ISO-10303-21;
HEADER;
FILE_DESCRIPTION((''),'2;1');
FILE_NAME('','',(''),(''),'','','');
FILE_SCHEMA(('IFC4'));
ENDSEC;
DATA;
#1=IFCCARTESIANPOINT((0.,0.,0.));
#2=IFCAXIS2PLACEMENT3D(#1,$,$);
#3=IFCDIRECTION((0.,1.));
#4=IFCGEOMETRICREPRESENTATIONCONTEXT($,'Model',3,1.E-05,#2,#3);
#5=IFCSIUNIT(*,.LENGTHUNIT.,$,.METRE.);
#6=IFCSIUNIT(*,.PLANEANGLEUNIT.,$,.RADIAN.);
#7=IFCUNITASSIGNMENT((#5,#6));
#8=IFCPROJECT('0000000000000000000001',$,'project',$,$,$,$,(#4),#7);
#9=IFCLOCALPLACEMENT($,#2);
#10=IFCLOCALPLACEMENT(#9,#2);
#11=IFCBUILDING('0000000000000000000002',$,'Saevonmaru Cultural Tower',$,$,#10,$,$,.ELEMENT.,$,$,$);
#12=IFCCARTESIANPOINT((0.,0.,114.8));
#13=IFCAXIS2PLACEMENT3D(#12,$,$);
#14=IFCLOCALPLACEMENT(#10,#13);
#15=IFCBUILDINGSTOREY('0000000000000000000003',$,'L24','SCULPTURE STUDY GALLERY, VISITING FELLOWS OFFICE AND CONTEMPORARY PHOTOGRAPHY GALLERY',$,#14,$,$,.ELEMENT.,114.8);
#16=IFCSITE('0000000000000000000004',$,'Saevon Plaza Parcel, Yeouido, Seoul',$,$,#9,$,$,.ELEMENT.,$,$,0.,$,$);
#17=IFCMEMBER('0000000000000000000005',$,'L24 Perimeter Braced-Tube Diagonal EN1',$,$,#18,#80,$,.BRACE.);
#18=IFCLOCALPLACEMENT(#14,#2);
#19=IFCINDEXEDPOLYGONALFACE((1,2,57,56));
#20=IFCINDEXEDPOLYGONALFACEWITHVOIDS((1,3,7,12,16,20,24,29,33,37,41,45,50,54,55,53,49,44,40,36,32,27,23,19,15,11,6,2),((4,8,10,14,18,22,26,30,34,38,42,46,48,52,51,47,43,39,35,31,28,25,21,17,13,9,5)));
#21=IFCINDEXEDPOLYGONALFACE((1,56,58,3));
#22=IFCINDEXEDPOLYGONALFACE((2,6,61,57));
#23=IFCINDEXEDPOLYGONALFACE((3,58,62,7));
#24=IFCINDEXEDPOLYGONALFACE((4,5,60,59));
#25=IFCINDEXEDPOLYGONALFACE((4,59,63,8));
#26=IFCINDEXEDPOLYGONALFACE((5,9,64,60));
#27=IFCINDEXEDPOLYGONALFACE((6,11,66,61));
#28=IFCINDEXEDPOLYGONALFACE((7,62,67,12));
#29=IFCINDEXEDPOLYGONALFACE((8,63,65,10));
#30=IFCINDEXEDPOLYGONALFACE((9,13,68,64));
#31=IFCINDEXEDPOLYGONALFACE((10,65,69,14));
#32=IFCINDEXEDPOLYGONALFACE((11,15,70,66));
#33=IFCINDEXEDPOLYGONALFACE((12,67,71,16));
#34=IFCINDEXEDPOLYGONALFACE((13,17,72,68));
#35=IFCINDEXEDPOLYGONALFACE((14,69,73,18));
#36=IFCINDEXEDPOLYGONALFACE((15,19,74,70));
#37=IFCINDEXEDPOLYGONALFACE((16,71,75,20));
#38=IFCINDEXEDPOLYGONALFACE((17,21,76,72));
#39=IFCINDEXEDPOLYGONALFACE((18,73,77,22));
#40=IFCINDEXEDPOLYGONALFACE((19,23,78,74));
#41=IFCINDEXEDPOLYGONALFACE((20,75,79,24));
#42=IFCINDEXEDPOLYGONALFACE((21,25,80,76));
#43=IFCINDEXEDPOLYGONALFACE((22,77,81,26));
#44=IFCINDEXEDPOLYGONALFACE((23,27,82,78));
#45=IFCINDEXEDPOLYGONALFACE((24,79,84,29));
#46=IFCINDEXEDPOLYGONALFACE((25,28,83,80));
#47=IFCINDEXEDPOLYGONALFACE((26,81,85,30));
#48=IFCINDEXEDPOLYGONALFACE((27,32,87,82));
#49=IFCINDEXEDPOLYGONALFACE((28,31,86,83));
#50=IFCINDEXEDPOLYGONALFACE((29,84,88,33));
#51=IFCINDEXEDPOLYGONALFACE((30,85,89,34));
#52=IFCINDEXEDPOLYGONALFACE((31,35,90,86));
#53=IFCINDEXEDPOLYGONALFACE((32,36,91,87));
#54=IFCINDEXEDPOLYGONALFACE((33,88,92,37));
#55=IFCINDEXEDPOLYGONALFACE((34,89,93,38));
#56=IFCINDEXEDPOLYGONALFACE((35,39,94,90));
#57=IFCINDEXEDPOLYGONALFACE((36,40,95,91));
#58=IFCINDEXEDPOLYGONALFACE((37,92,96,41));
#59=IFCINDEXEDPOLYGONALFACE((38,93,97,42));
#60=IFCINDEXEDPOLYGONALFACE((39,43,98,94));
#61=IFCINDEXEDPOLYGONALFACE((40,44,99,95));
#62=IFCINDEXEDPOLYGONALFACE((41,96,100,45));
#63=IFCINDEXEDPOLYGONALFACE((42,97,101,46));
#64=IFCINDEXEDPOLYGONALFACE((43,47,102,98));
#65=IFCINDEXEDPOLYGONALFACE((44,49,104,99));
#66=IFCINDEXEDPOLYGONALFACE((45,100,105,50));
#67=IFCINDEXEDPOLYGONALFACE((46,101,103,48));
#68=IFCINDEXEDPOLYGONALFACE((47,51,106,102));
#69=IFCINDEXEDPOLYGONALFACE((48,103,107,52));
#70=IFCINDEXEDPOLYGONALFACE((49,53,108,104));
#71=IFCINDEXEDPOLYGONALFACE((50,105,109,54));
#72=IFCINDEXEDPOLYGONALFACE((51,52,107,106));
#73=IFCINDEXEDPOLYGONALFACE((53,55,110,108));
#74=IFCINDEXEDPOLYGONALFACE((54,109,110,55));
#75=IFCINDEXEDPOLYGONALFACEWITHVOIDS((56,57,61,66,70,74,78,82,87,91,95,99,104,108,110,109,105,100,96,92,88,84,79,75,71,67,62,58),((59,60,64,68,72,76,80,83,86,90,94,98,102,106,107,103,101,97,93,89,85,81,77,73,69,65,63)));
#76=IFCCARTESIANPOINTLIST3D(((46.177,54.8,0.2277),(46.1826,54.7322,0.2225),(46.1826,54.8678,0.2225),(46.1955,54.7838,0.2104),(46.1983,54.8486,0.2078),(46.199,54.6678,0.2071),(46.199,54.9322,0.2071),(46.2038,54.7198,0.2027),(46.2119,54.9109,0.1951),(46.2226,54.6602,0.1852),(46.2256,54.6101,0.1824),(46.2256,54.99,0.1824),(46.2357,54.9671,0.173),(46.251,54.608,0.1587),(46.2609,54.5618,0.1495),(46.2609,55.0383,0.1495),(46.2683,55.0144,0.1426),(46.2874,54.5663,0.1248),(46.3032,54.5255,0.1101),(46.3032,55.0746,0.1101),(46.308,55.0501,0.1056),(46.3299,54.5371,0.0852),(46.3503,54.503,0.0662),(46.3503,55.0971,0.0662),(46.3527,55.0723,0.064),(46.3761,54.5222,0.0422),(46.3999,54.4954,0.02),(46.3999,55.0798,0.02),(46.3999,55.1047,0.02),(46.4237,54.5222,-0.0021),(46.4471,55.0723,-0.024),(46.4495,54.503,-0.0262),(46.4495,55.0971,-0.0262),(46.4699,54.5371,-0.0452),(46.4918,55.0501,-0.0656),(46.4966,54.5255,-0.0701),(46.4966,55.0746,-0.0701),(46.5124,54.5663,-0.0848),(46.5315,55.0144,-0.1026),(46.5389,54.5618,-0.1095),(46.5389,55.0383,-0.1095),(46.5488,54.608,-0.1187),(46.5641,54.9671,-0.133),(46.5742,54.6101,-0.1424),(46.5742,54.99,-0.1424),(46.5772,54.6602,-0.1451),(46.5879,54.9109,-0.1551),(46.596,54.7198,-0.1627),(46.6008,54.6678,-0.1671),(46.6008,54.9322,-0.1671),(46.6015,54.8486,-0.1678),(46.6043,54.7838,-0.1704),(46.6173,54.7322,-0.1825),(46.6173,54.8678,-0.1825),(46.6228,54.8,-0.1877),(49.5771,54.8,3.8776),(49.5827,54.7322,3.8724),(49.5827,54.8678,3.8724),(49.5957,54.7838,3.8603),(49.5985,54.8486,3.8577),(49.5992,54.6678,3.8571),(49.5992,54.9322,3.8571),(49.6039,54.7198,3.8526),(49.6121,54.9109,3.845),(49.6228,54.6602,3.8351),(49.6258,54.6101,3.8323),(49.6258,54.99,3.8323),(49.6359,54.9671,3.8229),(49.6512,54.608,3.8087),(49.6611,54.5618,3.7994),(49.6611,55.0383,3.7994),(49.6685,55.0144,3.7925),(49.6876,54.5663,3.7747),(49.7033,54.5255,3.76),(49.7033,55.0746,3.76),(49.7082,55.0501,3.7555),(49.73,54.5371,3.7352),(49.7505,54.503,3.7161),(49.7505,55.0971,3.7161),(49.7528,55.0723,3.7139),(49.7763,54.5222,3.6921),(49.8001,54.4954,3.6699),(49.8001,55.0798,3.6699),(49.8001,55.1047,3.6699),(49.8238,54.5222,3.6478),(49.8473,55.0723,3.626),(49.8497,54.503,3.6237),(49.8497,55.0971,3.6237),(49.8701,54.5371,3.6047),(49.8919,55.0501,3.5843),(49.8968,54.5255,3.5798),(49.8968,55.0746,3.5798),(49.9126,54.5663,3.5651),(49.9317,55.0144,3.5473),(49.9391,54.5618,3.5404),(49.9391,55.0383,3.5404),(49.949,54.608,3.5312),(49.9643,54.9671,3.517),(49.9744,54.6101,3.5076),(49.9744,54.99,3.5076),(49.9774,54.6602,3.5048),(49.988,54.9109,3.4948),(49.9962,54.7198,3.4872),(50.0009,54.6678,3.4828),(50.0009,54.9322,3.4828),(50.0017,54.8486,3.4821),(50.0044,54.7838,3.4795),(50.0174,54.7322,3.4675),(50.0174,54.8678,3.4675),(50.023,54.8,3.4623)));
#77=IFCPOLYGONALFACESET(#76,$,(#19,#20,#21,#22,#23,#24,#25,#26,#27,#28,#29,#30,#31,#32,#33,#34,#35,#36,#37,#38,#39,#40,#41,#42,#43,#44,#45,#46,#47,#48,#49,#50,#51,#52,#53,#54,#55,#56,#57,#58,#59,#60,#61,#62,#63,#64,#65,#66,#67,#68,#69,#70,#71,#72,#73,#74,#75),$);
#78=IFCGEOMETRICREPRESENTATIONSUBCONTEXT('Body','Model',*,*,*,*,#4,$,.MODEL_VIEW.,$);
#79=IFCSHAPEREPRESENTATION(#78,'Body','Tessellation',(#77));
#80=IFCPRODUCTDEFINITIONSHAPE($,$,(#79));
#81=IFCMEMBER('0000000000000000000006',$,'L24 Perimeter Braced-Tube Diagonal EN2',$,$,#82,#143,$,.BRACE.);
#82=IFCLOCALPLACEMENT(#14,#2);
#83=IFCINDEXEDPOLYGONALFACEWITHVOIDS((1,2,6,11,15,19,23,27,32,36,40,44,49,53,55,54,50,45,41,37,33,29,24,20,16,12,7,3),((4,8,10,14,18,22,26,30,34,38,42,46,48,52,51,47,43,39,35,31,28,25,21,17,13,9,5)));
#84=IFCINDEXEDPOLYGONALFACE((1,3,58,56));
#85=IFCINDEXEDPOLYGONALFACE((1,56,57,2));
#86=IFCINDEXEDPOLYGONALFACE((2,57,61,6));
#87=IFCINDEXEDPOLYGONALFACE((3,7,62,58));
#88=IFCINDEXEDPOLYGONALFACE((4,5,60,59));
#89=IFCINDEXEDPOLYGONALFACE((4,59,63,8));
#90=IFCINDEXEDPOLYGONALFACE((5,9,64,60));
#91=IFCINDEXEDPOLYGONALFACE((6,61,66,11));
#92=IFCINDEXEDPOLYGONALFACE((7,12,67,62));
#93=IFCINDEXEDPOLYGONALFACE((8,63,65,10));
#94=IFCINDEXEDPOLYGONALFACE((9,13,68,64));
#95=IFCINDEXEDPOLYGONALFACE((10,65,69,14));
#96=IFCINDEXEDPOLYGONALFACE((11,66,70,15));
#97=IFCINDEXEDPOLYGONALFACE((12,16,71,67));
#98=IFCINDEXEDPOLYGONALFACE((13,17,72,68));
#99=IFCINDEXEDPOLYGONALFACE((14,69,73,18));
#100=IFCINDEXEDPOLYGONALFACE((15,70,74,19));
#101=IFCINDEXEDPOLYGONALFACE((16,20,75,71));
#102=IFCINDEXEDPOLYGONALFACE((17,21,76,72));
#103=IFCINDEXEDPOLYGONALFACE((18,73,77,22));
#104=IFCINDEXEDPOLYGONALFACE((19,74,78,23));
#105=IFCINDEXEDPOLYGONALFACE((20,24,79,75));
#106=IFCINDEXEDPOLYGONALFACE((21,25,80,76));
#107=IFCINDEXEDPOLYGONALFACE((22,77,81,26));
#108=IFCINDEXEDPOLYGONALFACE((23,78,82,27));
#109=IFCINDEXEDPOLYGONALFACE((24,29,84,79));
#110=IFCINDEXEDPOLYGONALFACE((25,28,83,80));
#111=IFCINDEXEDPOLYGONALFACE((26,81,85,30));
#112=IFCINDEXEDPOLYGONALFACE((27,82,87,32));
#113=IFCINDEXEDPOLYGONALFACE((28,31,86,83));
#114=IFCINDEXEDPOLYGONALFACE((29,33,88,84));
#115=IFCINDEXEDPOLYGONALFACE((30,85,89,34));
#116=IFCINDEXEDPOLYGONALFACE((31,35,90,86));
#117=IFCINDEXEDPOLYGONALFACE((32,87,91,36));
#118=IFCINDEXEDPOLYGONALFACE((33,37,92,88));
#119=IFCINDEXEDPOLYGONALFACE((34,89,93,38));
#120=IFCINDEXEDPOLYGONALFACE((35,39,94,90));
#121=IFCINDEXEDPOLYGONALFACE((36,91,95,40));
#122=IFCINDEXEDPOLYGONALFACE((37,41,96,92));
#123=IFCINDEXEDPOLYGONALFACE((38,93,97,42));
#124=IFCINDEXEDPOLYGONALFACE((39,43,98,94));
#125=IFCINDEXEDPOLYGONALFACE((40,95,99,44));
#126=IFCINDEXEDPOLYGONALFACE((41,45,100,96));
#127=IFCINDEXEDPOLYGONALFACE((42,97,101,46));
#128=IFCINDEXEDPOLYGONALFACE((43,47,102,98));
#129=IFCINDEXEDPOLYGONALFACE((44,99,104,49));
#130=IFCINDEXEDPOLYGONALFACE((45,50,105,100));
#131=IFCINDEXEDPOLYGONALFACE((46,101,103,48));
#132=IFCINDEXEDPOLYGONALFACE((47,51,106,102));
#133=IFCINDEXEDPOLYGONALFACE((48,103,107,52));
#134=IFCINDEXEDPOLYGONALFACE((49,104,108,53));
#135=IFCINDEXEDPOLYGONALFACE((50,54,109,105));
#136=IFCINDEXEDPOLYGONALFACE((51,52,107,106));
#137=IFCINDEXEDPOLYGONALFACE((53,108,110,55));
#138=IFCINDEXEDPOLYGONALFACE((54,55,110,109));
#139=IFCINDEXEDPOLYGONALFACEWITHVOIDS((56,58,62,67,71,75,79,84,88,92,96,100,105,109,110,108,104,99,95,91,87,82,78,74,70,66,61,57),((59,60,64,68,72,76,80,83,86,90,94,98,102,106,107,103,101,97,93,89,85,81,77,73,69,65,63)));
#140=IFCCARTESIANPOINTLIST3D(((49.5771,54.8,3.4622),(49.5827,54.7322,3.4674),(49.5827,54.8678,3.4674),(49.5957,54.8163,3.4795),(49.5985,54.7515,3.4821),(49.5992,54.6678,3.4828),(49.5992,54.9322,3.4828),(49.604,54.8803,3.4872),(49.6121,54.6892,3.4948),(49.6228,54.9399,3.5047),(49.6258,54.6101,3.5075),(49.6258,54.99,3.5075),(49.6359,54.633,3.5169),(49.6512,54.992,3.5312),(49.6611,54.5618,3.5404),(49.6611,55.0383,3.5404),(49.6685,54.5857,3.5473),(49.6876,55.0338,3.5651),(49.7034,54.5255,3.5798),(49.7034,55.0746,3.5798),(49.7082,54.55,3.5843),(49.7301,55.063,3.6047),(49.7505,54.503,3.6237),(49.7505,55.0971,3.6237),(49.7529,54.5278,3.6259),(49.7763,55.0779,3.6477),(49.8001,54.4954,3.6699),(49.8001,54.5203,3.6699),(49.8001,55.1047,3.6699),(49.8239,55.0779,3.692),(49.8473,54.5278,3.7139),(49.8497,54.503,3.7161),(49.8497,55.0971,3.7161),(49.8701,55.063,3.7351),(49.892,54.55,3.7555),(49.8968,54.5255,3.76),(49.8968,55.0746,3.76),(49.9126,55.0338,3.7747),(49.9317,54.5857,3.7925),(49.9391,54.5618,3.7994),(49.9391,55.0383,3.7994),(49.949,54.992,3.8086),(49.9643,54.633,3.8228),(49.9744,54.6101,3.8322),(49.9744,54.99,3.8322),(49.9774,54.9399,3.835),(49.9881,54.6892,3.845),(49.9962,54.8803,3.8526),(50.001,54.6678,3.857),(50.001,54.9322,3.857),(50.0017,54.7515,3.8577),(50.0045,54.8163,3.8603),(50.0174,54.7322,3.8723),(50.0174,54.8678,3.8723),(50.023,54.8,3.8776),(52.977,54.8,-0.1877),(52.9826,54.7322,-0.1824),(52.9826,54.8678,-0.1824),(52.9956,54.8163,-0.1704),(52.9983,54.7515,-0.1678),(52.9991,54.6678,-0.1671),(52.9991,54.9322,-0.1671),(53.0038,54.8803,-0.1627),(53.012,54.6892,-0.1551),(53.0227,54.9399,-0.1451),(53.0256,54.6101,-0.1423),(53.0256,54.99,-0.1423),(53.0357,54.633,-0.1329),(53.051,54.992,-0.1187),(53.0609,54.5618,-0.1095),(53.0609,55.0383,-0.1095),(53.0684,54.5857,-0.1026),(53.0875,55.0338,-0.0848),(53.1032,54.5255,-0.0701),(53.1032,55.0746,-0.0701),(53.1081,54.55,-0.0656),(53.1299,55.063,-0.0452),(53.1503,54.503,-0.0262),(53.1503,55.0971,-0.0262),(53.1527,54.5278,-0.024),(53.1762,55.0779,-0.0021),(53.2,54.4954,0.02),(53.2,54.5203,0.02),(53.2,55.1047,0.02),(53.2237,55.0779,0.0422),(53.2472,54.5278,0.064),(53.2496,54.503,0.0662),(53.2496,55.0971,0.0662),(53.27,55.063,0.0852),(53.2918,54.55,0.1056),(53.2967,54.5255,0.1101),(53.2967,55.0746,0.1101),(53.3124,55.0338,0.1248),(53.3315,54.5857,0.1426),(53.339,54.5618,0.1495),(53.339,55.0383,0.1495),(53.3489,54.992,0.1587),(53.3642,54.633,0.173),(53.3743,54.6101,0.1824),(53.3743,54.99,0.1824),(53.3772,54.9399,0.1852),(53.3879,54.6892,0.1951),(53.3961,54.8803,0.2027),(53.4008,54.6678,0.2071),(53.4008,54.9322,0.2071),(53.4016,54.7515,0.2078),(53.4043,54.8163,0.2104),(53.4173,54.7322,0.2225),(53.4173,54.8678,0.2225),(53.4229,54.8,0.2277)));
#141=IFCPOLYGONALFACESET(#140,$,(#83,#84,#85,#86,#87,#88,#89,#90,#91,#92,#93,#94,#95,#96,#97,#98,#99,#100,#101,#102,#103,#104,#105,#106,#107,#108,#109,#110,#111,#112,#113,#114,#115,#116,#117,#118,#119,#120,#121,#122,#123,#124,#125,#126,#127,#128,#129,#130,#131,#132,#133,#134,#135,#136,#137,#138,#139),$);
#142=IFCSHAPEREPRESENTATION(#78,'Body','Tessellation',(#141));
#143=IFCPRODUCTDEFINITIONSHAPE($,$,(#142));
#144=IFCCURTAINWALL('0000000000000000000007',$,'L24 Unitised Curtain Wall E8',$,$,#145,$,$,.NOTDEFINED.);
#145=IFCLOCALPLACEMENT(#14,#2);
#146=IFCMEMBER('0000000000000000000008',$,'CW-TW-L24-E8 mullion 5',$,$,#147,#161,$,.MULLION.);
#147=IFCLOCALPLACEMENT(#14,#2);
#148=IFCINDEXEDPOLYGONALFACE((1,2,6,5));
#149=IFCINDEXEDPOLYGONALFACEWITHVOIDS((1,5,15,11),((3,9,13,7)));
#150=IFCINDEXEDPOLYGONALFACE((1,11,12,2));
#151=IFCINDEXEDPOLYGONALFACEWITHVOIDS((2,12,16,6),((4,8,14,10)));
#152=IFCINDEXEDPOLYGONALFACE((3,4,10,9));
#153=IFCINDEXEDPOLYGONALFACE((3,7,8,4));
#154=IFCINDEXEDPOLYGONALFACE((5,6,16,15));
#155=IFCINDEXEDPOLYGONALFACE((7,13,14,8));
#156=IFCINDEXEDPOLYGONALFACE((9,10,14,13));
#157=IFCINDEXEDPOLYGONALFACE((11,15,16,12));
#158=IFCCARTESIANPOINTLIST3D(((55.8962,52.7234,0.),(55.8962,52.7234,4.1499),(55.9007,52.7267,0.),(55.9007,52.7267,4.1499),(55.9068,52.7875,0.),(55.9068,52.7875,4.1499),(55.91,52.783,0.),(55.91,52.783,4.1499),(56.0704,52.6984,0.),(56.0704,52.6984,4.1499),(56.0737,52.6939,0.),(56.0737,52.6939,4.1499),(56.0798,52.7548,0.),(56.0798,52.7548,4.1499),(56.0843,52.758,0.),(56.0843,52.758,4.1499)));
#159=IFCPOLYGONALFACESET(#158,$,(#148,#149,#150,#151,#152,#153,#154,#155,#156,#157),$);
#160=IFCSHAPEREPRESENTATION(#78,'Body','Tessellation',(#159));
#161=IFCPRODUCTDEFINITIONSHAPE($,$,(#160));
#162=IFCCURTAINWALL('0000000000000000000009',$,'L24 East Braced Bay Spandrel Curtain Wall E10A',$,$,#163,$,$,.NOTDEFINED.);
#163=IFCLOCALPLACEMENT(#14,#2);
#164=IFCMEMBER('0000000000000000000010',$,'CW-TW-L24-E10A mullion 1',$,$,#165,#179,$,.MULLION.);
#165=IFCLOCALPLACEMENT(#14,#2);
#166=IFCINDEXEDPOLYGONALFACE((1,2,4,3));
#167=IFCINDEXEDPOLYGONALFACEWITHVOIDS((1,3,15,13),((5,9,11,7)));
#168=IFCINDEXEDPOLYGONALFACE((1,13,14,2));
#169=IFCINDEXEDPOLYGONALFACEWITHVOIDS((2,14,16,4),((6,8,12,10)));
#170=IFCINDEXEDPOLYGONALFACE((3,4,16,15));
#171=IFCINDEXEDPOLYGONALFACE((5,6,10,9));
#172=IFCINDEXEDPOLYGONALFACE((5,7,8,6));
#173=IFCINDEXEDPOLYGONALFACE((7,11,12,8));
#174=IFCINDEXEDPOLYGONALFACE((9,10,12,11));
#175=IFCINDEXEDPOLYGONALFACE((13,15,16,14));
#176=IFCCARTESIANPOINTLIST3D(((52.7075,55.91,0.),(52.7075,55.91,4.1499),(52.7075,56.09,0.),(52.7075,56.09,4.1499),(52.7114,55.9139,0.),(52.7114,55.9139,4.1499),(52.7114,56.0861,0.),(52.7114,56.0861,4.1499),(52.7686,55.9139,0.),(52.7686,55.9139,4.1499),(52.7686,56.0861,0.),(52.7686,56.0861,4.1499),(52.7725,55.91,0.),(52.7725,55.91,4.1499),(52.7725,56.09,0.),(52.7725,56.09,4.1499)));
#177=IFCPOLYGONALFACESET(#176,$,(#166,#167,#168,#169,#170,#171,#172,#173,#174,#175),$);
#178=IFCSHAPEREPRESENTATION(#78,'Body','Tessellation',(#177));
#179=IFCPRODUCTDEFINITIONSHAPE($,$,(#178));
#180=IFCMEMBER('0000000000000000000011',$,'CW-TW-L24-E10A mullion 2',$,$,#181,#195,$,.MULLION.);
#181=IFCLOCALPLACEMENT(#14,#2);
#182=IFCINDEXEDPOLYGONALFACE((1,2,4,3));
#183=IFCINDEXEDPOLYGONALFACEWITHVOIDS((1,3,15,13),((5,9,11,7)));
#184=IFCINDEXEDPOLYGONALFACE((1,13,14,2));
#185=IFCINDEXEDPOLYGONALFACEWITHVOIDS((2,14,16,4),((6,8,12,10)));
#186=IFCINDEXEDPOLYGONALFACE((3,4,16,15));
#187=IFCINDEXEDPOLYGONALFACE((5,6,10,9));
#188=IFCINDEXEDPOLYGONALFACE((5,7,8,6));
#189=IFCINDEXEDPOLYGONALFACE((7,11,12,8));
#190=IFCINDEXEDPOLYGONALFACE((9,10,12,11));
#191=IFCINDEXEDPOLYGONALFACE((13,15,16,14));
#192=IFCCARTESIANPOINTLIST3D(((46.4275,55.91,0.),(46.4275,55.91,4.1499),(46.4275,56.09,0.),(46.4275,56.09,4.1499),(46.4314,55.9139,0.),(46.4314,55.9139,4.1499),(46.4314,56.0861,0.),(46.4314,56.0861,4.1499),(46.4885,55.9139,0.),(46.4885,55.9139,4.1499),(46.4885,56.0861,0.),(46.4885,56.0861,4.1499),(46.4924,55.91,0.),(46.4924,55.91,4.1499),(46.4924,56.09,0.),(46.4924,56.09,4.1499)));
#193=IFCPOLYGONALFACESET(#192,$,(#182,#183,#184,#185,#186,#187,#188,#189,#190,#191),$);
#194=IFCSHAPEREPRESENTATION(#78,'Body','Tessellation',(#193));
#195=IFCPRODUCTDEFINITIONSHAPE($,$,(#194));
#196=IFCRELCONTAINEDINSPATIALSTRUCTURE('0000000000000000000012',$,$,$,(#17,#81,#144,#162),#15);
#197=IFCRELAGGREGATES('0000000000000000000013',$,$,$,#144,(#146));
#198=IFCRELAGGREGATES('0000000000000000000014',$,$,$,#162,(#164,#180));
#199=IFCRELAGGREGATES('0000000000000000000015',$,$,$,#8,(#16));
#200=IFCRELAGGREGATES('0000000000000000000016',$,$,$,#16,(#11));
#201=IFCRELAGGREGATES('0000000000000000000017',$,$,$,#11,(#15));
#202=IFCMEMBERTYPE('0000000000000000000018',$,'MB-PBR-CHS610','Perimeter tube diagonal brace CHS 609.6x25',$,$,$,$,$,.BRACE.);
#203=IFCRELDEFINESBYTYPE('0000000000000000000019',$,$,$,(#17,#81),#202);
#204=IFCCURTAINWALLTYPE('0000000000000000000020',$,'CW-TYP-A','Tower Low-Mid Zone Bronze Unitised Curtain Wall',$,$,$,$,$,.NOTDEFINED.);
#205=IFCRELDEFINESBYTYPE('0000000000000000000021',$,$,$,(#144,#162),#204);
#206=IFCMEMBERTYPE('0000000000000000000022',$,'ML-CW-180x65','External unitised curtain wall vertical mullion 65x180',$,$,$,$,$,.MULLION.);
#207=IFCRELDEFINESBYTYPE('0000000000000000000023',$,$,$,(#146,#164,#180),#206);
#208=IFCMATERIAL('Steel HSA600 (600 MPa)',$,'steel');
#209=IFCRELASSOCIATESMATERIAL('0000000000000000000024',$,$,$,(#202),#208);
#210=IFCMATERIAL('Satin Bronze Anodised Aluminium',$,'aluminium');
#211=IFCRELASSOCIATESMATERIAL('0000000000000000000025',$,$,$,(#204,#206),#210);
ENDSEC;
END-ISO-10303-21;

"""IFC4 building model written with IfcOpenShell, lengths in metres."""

from ifc_helpers import new_model, si_unit, direction, frame, origin, origin_2d, place, context, subcontext, project, spatial, hollow_rectangle, hollow_circle, extrude, material, material_profile, profile_set, type_object, element, aggregate, save


model = new_model("IFC4")

# Units and contexts
model_context = context("Model", 3, precision=1e-05, world=origin(), true_north=direction((0.0, 1.0)))
body_context = subcontext(model_context, "Body", "Model", "MODEL_VIEW")
ifc_project = project(units=[si_unit("LENGTHUNIT", "METRE"), si_unit("PLANEANGLEUNIT", "RADIAN")], contexts=[model_context])

# Site, building, storey
site_placement = place(None, origin())
site = spatial("IfcSite", under=ifc_project, at=site_placement, Name="Saevon Plaza Parcel, Yeouido, Seoul", CompositionType="ELEMENT", RefElevation=0.0)
building_placement = place(site_placement, origin())
building = spatial("IfcBuilding", under=site, at=building_placement, Name="Saevonmaru Cultural Tower", CompositionType="ELEMENT")
storey_placement = place(building_placement, frame((0.0, 0.0, 114.8)))
storey = spatial("IfcBuildingStorey", under=building, at=storey_placement, Name="L24", Description="SCULPTURE STUDY GALLERY, VISITING FELLOWS OFFICE AND CONTEMPORARY PHOTOGRAPHY GALLERY", CompositionType="ELEMENT", Elevation=114.8)

# Members
ifc_material_1 = material(Name="Steel HSA600 (600 MPa)", Category="steel")
ifc_material_profile_1 = material_profile(ifc_material_1, hollow_circle(Radius=0.3047, WallThickness=0.0249, at=origin_2d()), Name="CHS-609.6x25")
ifc_profile_set_1 = profile_set([ifc_material_profile_1], Name="Steel HSA600 (600 MPa)")
member_type_1 = type_object("IfcMemberType", Name="MB-PBR-CHS610", Description="Perimeter tube diagonal brace CHS 609.6x25", PredefinedType="BRACE", material=ifc_profile_set_1)
member_1_placement = place(storey_placement, frame((46.3999, 54.8, 0.02), z_axis=(0.681629, 0.0, 0.731698), x_axis=(0.0, 1.0, 0.0)))
element("IfcMember", 1, at=member_1_placement, inside=storey, type_object=member_type_1, Name="L24 Perimeter Braced-Tube Diagonal EN1", PredefinedType="BRACE", context=body_context, shape_type="SweptSolid", body=[
    extrude(hollow_circle(Radius=0.3047, WallThickness=0.0249, at=origin_2d()), origin(), (0.0, 0.0, 1.0), 4.9883),
])
member_2_placement = place(storey_placement, frame((53.2, 54.8, 0.02), z_axis=(-0.681603, 0.0, 0.731722), x_axis=(0.0, -1.0, 0.0)))
element("IfcMember", 2, at=member_2_placement, inside=storey, type_object=member_type_1, Name="L24 Perimeter Braced-Tube Diagonal EN2", PredefinedType="BRACE", context=body_context, shape_type="SweptSolid", body=[
    extrude(hollow_circle(Radius=0.3047, WallThickness=0.0249, at=origin_2d()), origin(), (0.0, 0.0, 1.0), 4.988),
])

# Curtain wall, member
ifc_material_2 = material(Name="Satin Bronze Anodised Aluminium", Category="aluminium")
curtain_wall_type = type_object("IfcCurtainWallType", Name="CW-TYP-A", Description="Tower Low-Mid Zone Bronze Unitised Curtain Wall", PredefinedType="NOTDEFINED", material=ifc_material_2)
curtain_wall_1_placement = place(storey_placement, origin())
curtain_wall_1 = element("IfcCurtainWall", 3, at=curtain_wall_1_placement, inside=storey, type_object=curtain_wall_type, Name="L24 Unitised Curtain Wall E8", PredefinedType="NOTDEFINED")
ifc_material_profile_2 = material_profile(ifc_material_2, hollow_rectangle(XDim=0.0649, YDim=0.1799, WallThickness=0.0039, at=origin_2d()), Name="ALU-MULL-180x65x4")
ifc_profile_set_2 = profile_set([ifc_material_profile_2], Name="Satin Bronze Anodised Aluminium")
member_type_2 = type_object("IfcMemberType", Name="ML-CW-180x65", Description="External unitised curtain wall vertical mullion 65x180", PredefinedType="MULLION", material=ifc_profile_set_2)
member_3_placement = place(storey_placement, frame((55.9902, 52.7407, 0.0), z_axis=(0.0, 0.0, 1.0), x_axis=(0.163999, 0.986461, 0.0)))
member_3 = element("IfcMember", 4, at=member_3_placement, type_object=member_type_2, Name="CW-TW-L24-E8 mullion 5", PredefinedType="MULLION", context=body_context, shape_type="SweptSolid", body=[
    extrude(hollow_rectangle(XDim=0.0649, YDim=0.1799, WallThickness=0.0039, at=origin_2d()), origin(), (0.0, 0.0, 1.0), 4.1499),
])
aggregate(curtain_wall_1, [member_3])

# Curtain wall, members
curtain_wall_2_placement = place(storey_placement, origin())
curtain_wall_2 = element("IfcCurtainWall", 5, at=curtain_wall_2_placement, inside=storey, type_object=curtain_wall_type, Name="L24 East Braced Bay Spandrel Curtain Wall E10A", PredefinedType="NOTDEFINED")
member_4_placement = place(storey_placement, frame((52.74, 56.0, 0.0), z_axis=(0.0, 0.0, 1.0), x_axis=(-1.0, 0.0, 0.0)))
member_4 = element("IfcMember", 6, at=member_4_placement, type_object=member_type_2, Name="CW-TW-L24-E10A mullion 1", PredefinedType="MULLION", context=body_context, shape_type="SweptSolid", body=[
    extrude(hollow_rectangle(XDim=0.0649, YDim=0.1799, WallThickness=0.0039, at=origin_2d()), origin(), (0.0, 0.0, 1.0), 4.1499),
])
member_5_placement = place(storey_placement, frame((46.46, 56.0, 0.0), z_axis=(0.0, 0.0, 1.0), x_axis=(-1.0, 0.0, 0.0)))
member_5 = element("IfcMember", 7, at=member_5_placement, type_object=member_type_2, Name="CW-TW-L24-E10A mullion 2", PredefinedType="MULLION", context=body_context, shape_type="SweptSolid", body=[
    extrude(hollow_rectangle(XDim=0.0649, YDim=0.1799, WallThickness=0.0039, at=origin_2d()), origin(), (0.0, 0.0, 1.0), 4.1499),
])

aggregate(curtain_wall_2, [member_4, member_5])

save(model, "model.ifc")
